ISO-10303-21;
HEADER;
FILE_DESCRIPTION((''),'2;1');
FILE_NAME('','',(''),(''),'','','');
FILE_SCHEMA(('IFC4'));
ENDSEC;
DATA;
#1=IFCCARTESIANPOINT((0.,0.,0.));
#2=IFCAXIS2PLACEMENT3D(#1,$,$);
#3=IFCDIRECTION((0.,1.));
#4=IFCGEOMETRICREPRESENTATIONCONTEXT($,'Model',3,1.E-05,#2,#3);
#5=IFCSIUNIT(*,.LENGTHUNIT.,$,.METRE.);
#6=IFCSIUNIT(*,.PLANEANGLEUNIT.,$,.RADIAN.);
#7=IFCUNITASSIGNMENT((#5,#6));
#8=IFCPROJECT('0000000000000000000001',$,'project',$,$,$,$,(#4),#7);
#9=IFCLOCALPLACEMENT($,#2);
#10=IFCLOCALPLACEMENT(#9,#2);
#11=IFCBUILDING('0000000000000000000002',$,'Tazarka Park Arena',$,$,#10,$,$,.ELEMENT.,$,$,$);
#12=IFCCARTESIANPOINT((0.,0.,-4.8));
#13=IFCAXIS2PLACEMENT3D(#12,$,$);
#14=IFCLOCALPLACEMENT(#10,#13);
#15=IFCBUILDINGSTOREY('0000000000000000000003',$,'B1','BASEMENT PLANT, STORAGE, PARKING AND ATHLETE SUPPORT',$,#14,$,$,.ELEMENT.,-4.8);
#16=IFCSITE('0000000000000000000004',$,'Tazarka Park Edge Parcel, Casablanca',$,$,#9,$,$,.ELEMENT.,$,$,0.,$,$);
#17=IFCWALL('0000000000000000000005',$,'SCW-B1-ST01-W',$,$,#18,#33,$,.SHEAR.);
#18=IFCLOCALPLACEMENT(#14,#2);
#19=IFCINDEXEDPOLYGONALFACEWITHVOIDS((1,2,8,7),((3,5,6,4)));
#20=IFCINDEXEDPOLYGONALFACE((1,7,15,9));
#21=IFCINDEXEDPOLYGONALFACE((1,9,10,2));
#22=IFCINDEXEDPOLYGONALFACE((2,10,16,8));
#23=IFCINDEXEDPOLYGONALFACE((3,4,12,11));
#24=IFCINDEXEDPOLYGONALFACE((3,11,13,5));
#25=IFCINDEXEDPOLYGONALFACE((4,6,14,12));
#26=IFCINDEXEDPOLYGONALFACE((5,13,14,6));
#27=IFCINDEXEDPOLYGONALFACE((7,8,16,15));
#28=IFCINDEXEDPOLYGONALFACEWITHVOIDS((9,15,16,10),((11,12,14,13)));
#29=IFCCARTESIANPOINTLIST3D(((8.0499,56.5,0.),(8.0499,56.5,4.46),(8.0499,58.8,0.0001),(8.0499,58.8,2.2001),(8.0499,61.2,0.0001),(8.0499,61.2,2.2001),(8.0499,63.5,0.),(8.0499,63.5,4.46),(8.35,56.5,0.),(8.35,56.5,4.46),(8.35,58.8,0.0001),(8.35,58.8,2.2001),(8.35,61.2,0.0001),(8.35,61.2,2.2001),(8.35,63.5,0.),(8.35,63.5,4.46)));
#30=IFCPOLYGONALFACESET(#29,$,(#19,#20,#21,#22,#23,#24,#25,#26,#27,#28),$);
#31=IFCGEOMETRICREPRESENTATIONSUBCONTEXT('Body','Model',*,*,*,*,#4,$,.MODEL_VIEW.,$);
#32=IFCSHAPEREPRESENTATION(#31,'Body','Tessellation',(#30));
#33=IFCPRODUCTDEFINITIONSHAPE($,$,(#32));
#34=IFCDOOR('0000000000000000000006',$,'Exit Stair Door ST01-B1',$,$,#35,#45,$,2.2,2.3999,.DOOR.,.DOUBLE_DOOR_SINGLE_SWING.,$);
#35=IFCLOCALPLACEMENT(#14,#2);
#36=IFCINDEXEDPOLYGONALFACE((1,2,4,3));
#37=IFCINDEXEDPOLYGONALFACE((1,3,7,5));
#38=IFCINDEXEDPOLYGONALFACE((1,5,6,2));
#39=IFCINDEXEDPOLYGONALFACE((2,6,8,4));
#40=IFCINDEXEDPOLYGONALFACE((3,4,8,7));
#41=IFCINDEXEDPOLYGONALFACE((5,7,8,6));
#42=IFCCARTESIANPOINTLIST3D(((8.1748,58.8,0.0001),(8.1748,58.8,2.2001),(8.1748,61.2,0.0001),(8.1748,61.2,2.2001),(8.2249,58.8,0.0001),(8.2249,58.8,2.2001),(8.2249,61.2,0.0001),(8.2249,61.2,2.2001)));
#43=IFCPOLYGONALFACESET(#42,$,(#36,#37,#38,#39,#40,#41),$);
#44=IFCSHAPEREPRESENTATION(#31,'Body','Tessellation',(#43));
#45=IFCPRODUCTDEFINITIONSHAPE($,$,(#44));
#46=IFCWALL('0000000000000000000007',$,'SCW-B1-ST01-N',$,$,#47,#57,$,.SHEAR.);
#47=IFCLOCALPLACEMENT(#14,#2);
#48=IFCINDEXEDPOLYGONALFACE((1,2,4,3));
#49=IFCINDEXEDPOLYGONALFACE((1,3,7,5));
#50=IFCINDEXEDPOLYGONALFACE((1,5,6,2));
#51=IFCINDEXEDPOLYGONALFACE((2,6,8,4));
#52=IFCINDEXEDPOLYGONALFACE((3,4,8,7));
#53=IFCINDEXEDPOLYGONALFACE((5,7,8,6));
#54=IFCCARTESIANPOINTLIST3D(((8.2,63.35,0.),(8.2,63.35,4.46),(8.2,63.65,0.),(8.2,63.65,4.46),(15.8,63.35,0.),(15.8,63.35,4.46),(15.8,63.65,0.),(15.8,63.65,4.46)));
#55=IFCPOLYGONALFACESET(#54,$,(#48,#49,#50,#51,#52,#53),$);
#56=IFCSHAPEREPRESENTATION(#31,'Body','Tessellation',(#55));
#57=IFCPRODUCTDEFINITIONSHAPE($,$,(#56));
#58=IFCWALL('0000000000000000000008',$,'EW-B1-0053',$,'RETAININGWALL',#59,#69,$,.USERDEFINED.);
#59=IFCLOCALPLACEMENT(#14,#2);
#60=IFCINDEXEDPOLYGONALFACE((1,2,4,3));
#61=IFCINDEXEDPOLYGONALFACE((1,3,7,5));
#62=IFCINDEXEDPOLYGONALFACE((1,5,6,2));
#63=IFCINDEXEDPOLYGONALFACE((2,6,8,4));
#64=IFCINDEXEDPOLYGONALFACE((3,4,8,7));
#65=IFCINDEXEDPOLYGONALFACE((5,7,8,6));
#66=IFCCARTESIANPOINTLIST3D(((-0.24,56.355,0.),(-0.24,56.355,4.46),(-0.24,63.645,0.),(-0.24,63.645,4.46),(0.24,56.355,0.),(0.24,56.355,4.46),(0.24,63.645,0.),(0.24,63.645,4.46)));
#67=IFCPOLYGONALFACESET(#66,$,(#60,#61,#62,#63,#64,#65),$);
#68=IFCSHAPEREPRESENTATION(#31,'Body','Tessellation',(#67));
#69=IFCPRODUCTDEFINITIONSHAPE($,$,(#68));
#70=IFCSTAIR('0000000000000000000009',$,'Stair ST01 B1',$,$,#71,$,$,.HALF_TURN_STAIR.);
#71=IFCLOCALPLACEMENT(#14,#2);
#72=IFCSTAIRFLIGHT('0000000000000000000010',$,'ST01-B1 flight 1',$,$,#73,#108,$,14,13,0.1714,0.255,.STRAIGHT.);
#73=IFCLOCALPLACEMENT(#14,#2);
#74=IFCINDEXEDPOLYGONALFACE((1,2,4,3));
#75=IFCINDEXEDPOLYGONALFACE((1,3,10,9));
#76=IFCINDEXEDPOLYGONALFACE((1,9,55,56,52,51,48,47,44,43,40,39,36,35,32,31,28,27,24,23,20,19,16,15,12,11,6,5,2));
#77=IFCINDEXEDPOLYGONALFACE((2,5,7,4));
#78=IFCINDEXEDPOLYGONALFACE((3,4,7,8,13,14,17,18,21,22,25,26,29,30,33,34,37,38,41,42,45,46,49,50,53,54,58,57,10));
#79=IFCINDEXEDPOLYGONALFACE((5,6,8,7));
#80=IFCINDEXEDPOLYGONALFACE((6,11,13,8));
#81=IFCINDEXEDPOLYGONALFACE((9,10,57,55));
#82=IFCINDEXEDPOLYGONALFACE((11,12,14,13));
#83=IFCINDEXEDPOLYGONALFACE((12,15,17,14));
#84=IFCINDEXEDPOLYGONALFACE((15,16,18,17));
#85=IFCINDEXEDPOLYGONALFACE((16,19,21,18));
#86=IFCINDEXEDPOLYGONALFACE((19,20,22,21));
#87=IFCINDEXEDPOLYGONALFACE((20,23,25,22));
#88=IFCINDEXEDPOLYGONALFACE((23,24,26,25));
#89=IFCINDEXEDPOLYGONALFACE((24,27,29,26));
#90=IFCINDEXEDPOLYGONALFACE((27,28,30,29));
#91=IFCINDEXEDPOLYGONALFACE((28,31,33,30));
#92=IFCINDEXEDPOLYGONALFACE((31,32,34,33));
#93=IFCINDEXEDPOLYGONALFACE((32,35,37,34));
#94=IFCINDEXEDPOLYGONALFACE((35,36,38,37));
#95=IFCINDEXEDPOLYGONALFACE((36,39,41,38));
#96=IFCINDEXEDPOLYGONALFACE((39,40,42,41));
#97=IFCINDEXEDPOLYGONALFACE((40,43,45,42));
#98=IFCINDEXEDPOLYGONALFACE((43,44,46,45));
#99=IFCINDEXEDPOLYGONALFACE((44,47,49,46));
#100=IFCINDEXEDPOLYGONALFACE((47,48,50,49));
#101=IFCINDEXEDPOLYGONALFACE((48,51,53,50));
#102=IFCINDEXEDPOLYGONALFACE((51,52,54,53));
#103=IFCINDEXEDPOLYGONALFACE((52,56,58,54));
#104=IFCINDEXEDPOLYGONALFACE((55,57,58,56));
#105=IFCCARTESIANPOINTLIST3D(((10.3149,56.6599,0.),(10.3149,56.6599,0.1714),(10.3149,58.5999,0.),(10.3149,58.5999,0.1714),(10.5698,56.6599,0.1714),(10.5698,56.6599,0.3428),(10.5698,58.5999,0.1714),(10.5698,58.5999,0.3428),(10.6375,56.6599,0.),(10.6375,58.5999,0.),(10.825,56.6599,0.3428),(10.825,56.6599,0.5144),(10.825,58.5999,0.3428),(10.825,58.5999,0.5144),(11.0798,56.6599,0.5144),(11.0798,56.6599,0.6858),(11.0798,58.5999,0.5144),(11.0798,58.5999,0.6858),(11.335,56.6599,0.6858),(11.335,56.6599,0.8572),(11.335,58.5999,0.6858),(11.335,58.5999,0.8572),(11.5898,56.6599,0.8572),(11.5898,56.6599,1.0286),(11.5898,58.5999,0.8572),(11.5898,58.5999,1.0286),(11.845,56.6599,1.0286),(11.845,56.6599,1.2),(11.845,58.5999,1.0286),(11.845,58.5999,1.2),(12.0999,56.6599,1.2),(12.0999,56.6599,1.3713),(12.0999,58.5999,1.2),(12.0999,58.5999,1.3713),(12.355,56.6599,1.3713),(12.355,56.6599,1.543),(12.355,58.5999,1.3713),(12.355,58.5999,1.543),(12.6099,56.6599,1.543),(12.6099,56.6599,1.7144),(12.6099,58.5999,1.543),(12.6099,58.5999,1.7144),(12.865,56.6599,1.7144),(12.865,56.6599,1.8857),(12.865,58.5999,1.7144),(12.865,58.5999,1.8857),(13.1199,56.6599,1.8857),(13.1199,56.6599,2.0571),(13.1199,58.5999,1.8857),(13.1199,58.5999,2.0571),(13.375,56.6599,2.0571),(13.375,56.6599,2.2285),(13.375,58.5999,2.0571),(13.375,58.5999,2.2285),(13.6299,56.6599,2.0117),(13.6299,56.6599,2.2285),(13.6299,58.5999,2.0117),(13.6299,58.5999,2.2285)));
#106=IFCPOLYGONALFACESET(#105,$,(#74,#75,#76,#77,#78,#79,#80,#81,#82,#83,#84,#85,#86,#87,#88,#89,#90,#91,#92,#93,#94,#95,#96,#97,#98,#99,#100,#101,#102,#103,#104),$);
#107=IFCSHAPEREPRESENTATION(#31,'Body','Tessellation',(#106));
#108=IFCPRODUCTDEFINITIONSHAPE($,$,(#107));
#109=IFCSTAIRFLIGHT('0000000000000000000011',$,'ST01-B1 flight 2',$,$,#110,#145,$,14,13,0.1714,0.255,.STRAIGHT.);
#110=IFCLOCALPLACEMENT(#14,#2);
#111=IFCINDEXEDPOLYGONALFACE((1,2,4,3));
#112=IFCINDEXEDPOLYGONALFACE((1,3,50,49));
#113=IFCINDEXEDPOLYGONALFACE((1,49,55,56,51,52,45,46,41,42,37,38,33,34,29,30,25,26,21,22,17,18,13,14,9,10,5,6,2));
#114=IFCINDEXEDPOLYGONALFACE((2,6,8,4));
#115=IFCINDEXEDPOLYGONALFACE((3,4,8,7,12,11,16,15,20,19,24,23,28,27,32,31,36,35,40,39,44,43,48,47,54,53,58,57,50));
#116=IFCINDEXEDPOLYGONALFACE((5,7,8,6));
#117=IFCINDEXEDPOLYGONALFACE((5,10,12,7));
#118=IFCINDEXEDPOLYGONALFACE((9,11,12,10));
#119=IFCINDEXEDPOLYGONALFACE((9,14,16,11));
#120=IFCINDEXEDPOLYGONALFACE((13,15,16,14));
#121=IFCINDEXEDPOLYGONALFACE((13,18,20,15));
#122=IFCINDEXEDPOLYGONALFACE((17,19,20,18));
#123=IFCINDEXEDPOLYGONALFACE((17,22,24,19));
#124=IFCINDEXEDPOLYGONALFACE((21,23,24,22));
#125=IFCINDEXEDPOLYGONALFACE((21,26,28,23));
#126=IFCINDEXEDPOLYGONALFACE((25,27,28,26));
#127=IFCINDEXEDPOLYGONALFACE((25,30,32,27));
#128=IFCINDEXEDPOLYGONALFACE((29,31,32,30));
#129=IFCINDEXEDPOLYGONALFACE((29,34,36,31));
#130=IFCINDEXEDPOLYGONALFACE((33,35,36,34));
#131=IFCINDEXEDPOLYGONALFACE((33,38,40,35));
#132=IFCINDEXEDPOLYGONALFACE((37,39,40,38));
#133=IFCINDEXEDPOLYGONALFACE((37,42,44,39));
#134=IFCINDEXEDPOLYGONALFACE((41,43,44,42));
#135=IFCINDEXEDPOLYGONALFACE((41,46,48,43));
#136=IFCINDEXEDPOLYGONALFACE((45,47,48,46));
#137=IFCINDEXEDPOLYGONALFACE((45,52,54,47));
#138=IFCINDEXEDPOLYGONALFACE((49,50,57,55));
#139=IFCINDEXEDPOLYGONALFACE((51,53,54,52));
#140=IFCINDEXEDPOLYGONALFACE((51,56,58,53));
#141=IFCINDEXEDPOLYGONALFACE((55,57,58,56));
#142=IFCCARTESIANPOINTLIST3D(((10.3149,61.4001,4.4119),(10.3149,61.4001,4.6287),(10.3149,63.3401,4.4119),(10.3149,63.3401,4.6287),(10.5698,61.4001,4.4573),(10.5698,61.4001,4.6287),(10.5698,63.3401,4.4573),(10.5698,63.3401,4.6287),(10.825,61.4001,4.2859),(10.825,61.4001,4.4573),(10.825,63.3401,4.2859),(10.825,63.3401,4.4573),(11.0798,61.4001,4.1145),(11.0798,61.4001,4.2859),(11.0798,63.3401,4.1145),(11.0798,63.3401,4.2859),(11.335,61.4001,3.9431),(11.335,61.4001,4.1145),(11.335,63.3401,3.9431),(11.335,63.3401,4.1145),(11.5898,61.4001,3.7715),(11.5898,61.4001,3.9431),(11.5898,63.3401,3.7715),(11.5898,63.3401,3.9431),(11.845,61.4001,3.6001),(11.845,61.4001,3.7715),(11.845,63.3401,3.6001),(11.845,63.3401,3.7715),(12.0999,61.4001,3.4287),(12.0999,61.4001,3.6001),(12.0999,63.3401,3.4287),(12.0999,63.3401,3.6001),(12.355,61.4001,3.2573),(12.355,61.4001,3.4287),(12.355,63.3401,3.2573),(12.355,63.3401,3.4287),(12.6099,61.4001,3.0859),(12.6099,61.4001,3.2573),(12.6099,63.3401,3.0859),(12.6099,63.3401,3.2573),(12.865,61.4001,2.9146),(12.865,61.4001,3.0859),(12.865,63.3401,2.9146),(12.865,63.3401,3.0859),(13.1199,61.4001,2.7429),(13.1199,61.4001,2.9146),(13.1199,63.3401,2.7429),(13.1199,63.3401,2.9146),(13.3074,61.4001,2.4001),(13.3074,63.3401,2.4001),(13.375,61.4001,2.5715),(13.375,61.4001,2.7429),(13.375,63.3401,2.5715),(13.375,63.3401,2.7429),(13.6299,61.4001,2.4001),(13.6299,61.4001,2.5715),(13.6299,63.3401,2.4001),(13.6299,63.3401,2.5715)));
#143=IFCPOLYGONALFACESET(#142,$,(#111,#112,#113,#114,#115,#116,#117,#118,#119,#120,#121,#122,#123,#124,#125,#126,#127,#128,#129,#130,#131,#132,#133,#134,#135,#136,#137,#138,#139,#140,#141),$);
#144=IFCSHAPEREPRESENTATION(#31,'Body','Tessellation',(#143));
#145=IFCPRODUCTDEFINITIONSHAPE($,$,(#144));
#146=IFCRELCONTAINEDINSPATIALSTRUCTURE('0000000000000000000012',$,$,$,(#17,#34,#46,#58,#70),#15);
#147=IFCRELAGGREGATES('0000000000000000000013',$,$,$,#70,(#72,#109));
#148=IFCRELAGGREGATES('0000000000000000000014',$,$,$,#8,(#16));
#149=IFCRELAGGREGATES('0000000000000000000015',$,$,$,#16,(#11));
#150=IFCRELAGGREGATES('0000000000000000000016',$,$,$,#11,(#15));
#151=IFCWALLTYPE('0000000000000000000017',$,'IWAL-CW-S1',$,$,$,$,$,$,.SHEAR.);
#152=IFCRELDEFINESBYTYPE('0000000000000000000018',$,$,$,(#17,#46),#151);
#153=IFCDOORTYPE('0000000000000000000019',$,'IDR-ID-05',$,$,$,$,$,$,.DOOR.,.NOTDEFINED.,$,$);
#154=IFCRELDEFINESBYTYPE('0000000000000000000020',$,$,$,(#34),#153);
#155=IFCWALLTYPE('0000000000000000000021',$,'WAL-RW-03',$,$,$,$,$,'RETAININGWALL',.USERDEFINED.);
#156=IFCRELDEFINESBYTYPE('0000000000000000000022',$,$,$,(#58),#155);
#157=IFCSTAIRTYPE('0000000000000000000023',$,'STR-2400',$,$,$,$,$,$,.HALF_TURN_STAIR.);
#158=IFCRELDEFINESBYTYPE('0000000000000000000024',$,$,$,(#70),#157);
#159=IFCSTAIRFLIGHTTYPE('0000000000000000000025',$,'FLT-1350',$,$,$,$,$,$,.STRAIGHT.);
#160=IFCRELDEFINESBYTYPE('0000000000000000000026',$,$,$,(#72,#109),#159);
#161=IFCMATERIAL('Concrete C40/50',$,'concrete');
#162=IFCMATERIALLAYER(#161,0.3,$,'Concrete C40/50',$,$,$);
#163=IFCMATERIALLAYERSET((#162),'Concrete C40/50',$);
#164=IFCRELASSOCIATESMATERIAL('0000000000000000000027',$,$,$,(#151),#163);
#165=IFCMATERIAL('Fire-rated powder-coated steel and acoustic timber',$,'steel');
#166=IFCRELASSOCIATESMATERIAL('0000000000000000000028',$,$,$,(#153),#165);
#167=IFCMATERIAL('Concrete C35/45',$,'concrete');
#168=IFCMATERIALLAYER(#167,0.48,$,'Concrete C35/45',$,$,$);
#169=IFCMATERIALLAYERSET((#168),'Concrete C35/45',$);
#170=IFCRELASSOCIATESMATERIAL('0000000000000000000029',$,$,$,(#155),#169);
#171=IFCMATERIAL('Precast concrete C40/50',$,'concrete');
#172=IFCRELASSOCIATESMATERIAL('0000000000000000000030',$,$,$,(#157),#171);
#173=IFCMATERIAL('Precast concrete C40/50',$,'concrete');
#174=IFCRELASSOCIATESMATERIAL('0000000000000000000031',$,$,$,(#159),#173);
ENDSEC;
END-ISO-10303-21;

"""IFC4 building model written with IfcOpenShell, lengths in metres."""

from ifc_helpers import new_model, si_unit, direction, frame, frame_2d, origin, place, context, subcontext, project, spatial, polyline, rectangle, outline, extrude, material, layer, layer_set, type_object, element, fill, aggregate, save


model = new_model("IFC4")

# Units and contexts
model_context = context("Model", 3, precision=1e-05, world=origin(), true_north=direction((0.0, 1.0)))
body_context = subcontext(model_context, "Body", "Model", "MODEL_VIEW")
ifc_project = project(units=[si_unit("LENGTHUNIT", "METRE"), si_unit("PLANEANGLEUNIT", "RADIAN")], contexts=[model_context])

# Site, building, storey
site_placement = place(None, origin())
site = spatial("IfcSite", under=ifc_project, at=site_placement, Name="Tazarka Park Edge Parcel, Casablanca", CompositionType="ELEMENT", RefElevation=0.0)
building_placement = place(site_placement, origin())
building = spatial("IfcBuilding", under=site, at=building_placement, Name="Tazarka Park Arena", CompositionType="ELEMENT")
storey_placement = place(building_placement, frame((0.0, 0.0, -4.8)))
storey = spatial("IfcBuildingStorey", under=building, at=storey_placement, Name="B1", Description="BASEMENT PLANT, STORAGE, PARKING AND ATHLETE SUPPORT", CompositionType="ELEMENT", Elevation=-4.8)

# Wall, opening, door
ifc_material_1 = material(Name="Concrete C40/50", Category="concrete")
ifc_layer_1 = layer(ifc_material_1, 0.3, Name="Concrete C40/50")
ifc_layer_set_1 = layer_set([ifc_layer_1], Name="Concrete C40/50")
wall_type_1 = type_object("IfcWallType", Name="IWAL-CW-S1", PredefinedType="SHEAR", material=ifc_layer_set_1)
wall_1_placement = place(storey_placement, frame((8.2, 56.5, 0.0), z_axis=(0.0, 0.0, 1.0), x_axis=(0.0, 1.0, 0.0)))
wall_1 = element("IfcWall", 1, at=wall_1_placement, inside=storey, type_object=wall_type_1, Name="SCW-B1-ST01-W", PredefinedType="SHEAR", context=body_context, shape_type="SweptSolid", body=[
    extrude(rectangle(XDim=7.0, YDim=0.3, at=frame_2d((3.5, 0.0))), origin(), (0.0, 0.0, 1.0), 4.46),
])
opening_placement = place(wall_1_placement, frame((2.3, 0.0, 0.0)))
opening = element("IfcOpeningElement", 2, at=opening_placement, cuts=wall_1, PredefinedType="OPENING", context=body_context, shape_type="SweptSolid", body=[
    extrude(rectangle(XDim=2.3999, YDim=2.2, at=frame_2d((1.2, 1.1001))), frame((0.0, 0.1602, 0.0), z_axis=(0.0, -1.0, 0.0), x_axis=(1.0, 0.0, 0.0)), (0.0, 0.0, 1.0), 0.3201),
])
ifc_material_2 = material(Name="Fire-rated powder-coated steel and acoustic timber", Category="steel")
door_type = type_object("IfcDoorType", Name="IDR-ID-05", OperationType="NOTDEFINED", PredefinedType="DOOR", material=ifc_material_2)
door_placement = place(opening_placement, frame((2.3999, 0.0, 0.0), z_axis=(0.0, 0.0, 1.0), x_axis=(-1.0, 0.0, 0.0)))
door = element("IfcDoor", 3, at=door_placement, inside=storey, type_object=door_type, Name="Exit Stair Door ST01-B1", OperationType="DOUBLE_DOOR_SINGLE_SWING", OverallHeight=2.2, OverallWidth=2.3999, PredefinedType="DOOR", context=body_context, shape_type="SweptSolid", body=[
    extrude(rectangle(XDim=2.3999, YDim=2.2, at=frame_2d((1.2, 1.1001))), frame((0.0, 0.0249, 0.0), z_axis=(0.0, -1.0, 0.0), x_axis=(1.0, 0.0, 0.0)), (0.0, 0.0, 1.0), 0.05),
])
fill(opening, door)

# Walls
wall_2_placement = place(storey_placement, frame((8.2, 63.5, 0.0), z_axis=(0.0, 0.0, 1.0), x_axis=(1.0, 0.0, 0.0)))
element("IfcWall", 4, at=wall_2_placement, inside=storey, type_object=wall_type_1, Name="SCW-B1-ST01-N", PredefinedType="SHEAR", context=body_context, shape_type="SweptSolid", body=[
    extrude(rectangle(XDim=7.6001, YDim=0.3, at=frame_2d((3.8, 0.0))), origin(), (0.0, 0.0, 1.0), 4.46),
])
ifc_material_3 = material(Name="Concrete C35/45", Category="concrete")
ifc_layer_2 = layer(ifc_material_3, 0.48, Name="Concrete C35/45")
ifc_layer_set_2 = layer_set([ifc_layer_2], Name="Concrete C35/45")
wall_type_2 = type_object("IfcWallType", Name="WAL-RW-03", ElementType="RETAININGWALL", PredefinedType="USERDEFINED", material=ifc_layer_set_2)
wall_3_placement = place(storey_placement, frame((0.0, 56.355, 0.0), z_axis=(0.0, 0.0, 1.0), x_axis=(0.0, 1.0, 0.0)))
element("IfcWall", 5, at=wall_3_placement, inside=storey, type_object=wall_type_2, Name="EW-B1-0053", ObjectType="RETAININGWALL", PredefinedType="USERDEFINED", context=body_context, shape_type="SweptSolid", body=[
    extrude(rectangle(XDim=7.29, YDim=0.48, at=frame_2d((3.645, 0.0))), origin(), (0.0, 0.0, 1.0), 4.46),
])

# Stair, stair flights
ifc_material_4 = material(Name="Precast concrete C40/50", Category="concrete")
stair_type = type_object("IfcStairType", Name="STR-2400", PredefinedType="HALF_TURN_STAIR", material=ifc_material_4)
stair_placement = place(storey_placement, origin())
stair = element("IfcStair", 6, at=stair_placement, inside=storey, type_object=stair_type, Name="Stair ST01 B1", PredefinedType="HALF_TURN_STAIR")
ifc_material_5 = material(Name="Precast concrete C40/50", Category="concrete")
stair_flight_type = type_object("IfcStairFlightType", Name="FLT-1350", PredefinedType="STRAIGHT", material=ifc_material_5)
stair_flight_1_placement = place(storey_placement, frame((10.3149, 57.6299, 0.0), z_axis=(0.0, 0.0, 1.0), x_axis=(1.0, 0.0, 0.0)))
stair_flight_1 = element("IfcStairFlight", 7, at=stair_flight_1_placement, type_object=stair_flight_type, Name="ST01-B1 flight 1", NumberOfRisers=14, NumberOfTreads=13, PredefinedType="STRAIGHT", RiserHeight=0.1714, TreadLength=0.255, context=body_context, shape_type="SweptSolid", body=[
    extrude(outline(polyline([(0.0, 0.0), (0.0, 0.1714), (0.2549, 0.1714), (0.2549, 0.3428), (0.51, 0.3428), (0.51, 0.5144), (0.7649, 0.5144), (0.7649, 0.6858), (1.02, 0.6858), (1.02, 0.8572), (1.2749, 0.8572), (1.2749, 1.0286), (1.53, 1.0286), (1.53, 1.2), (1.7849, 1.2), (1.7849, 1.3713), (2.04, 1.3713), (2.04, 1.543), (2.2949, 1.543), (2.2949, 1.7144), (2.55, 1.7144), (2.55, 1.8857), (2.8049, 1.8857), (2.8049, 2.0571), (3.0601, 2.0571), (3.0601, 2.2285), (3.3149, 2.2285), (3.3149, 2.3999), (3.3149, 2.0117), (0.3225, 0.0), (0.0, 0.0)])), frame((0.0, 0.97, 0.0), z_axis=(0.0, -1.0, 0.0), x_axis=(1.0, 0.0, 0.0)), (0.0, 0.0, 1.0), 1.9399),
])
stair_flight_2_placement = place(storey_placement, frame((13.6299, 62.3701, 2.4001), z_axis=(0.0, 0.0, 1.0), x_axis=(-1.0, 0.0, 0.0)))
stair_flight_2 = element("IfcStairFlight", 8, at=stair_flight_2_placement, type_object=stair_flight_type, Name="ST01-B1 flight 2", NumberOfRisers=14, NumberOfTreads=13, PredefinedType="STRAIGHT", RiserHeight=0.1714, TreadLength=0.255, context=body_context, shape_type="SweptSolid", body=[
    extrude(outline(polyline([(0.0, 0.0), (0.0, 0.1714), (0.2549, 0.1714), (0.2549, 0.3428), (0.51, 0.3428), (0.51, 0.5144), (0.7649, 0.5144), (0.7649, 0.6858), (1.02, 0.6858), (1.02, 0.8572), (1.2749, 0.8572), (1.2749, 1.0286), (1.53, 1.0286), (1.53, 1.2), (1.7849, 1.2), (1.7849, 1.3713), (2.04, 1.3713), (2.04, 1.543), (2.2949, 1.543), (2.2949, 1.7144), (2.55, 1.7144), (2.55, 1.8857), (2.8049, 1.8857), (2.8049, 2.0571), (3.0601, 2.0571), (3.0601, 2.2285), (3.3149, 2.2285), (3.3149, 2.3999), (3.3149, 2.0117), (0.3225, 0.0), (0.0, 0.0)])), frame((0.0, 0.97, 0.0), z_axis=(0.0, -1.0, 0.0), x_axis=(1.0, 0.0, 0.0)), (0.0, 0.0, 1.0), 1.9399),
])
aggregate(stair, [stair_flight_1, stair_flight_2])

save(model, "model.ifc")
